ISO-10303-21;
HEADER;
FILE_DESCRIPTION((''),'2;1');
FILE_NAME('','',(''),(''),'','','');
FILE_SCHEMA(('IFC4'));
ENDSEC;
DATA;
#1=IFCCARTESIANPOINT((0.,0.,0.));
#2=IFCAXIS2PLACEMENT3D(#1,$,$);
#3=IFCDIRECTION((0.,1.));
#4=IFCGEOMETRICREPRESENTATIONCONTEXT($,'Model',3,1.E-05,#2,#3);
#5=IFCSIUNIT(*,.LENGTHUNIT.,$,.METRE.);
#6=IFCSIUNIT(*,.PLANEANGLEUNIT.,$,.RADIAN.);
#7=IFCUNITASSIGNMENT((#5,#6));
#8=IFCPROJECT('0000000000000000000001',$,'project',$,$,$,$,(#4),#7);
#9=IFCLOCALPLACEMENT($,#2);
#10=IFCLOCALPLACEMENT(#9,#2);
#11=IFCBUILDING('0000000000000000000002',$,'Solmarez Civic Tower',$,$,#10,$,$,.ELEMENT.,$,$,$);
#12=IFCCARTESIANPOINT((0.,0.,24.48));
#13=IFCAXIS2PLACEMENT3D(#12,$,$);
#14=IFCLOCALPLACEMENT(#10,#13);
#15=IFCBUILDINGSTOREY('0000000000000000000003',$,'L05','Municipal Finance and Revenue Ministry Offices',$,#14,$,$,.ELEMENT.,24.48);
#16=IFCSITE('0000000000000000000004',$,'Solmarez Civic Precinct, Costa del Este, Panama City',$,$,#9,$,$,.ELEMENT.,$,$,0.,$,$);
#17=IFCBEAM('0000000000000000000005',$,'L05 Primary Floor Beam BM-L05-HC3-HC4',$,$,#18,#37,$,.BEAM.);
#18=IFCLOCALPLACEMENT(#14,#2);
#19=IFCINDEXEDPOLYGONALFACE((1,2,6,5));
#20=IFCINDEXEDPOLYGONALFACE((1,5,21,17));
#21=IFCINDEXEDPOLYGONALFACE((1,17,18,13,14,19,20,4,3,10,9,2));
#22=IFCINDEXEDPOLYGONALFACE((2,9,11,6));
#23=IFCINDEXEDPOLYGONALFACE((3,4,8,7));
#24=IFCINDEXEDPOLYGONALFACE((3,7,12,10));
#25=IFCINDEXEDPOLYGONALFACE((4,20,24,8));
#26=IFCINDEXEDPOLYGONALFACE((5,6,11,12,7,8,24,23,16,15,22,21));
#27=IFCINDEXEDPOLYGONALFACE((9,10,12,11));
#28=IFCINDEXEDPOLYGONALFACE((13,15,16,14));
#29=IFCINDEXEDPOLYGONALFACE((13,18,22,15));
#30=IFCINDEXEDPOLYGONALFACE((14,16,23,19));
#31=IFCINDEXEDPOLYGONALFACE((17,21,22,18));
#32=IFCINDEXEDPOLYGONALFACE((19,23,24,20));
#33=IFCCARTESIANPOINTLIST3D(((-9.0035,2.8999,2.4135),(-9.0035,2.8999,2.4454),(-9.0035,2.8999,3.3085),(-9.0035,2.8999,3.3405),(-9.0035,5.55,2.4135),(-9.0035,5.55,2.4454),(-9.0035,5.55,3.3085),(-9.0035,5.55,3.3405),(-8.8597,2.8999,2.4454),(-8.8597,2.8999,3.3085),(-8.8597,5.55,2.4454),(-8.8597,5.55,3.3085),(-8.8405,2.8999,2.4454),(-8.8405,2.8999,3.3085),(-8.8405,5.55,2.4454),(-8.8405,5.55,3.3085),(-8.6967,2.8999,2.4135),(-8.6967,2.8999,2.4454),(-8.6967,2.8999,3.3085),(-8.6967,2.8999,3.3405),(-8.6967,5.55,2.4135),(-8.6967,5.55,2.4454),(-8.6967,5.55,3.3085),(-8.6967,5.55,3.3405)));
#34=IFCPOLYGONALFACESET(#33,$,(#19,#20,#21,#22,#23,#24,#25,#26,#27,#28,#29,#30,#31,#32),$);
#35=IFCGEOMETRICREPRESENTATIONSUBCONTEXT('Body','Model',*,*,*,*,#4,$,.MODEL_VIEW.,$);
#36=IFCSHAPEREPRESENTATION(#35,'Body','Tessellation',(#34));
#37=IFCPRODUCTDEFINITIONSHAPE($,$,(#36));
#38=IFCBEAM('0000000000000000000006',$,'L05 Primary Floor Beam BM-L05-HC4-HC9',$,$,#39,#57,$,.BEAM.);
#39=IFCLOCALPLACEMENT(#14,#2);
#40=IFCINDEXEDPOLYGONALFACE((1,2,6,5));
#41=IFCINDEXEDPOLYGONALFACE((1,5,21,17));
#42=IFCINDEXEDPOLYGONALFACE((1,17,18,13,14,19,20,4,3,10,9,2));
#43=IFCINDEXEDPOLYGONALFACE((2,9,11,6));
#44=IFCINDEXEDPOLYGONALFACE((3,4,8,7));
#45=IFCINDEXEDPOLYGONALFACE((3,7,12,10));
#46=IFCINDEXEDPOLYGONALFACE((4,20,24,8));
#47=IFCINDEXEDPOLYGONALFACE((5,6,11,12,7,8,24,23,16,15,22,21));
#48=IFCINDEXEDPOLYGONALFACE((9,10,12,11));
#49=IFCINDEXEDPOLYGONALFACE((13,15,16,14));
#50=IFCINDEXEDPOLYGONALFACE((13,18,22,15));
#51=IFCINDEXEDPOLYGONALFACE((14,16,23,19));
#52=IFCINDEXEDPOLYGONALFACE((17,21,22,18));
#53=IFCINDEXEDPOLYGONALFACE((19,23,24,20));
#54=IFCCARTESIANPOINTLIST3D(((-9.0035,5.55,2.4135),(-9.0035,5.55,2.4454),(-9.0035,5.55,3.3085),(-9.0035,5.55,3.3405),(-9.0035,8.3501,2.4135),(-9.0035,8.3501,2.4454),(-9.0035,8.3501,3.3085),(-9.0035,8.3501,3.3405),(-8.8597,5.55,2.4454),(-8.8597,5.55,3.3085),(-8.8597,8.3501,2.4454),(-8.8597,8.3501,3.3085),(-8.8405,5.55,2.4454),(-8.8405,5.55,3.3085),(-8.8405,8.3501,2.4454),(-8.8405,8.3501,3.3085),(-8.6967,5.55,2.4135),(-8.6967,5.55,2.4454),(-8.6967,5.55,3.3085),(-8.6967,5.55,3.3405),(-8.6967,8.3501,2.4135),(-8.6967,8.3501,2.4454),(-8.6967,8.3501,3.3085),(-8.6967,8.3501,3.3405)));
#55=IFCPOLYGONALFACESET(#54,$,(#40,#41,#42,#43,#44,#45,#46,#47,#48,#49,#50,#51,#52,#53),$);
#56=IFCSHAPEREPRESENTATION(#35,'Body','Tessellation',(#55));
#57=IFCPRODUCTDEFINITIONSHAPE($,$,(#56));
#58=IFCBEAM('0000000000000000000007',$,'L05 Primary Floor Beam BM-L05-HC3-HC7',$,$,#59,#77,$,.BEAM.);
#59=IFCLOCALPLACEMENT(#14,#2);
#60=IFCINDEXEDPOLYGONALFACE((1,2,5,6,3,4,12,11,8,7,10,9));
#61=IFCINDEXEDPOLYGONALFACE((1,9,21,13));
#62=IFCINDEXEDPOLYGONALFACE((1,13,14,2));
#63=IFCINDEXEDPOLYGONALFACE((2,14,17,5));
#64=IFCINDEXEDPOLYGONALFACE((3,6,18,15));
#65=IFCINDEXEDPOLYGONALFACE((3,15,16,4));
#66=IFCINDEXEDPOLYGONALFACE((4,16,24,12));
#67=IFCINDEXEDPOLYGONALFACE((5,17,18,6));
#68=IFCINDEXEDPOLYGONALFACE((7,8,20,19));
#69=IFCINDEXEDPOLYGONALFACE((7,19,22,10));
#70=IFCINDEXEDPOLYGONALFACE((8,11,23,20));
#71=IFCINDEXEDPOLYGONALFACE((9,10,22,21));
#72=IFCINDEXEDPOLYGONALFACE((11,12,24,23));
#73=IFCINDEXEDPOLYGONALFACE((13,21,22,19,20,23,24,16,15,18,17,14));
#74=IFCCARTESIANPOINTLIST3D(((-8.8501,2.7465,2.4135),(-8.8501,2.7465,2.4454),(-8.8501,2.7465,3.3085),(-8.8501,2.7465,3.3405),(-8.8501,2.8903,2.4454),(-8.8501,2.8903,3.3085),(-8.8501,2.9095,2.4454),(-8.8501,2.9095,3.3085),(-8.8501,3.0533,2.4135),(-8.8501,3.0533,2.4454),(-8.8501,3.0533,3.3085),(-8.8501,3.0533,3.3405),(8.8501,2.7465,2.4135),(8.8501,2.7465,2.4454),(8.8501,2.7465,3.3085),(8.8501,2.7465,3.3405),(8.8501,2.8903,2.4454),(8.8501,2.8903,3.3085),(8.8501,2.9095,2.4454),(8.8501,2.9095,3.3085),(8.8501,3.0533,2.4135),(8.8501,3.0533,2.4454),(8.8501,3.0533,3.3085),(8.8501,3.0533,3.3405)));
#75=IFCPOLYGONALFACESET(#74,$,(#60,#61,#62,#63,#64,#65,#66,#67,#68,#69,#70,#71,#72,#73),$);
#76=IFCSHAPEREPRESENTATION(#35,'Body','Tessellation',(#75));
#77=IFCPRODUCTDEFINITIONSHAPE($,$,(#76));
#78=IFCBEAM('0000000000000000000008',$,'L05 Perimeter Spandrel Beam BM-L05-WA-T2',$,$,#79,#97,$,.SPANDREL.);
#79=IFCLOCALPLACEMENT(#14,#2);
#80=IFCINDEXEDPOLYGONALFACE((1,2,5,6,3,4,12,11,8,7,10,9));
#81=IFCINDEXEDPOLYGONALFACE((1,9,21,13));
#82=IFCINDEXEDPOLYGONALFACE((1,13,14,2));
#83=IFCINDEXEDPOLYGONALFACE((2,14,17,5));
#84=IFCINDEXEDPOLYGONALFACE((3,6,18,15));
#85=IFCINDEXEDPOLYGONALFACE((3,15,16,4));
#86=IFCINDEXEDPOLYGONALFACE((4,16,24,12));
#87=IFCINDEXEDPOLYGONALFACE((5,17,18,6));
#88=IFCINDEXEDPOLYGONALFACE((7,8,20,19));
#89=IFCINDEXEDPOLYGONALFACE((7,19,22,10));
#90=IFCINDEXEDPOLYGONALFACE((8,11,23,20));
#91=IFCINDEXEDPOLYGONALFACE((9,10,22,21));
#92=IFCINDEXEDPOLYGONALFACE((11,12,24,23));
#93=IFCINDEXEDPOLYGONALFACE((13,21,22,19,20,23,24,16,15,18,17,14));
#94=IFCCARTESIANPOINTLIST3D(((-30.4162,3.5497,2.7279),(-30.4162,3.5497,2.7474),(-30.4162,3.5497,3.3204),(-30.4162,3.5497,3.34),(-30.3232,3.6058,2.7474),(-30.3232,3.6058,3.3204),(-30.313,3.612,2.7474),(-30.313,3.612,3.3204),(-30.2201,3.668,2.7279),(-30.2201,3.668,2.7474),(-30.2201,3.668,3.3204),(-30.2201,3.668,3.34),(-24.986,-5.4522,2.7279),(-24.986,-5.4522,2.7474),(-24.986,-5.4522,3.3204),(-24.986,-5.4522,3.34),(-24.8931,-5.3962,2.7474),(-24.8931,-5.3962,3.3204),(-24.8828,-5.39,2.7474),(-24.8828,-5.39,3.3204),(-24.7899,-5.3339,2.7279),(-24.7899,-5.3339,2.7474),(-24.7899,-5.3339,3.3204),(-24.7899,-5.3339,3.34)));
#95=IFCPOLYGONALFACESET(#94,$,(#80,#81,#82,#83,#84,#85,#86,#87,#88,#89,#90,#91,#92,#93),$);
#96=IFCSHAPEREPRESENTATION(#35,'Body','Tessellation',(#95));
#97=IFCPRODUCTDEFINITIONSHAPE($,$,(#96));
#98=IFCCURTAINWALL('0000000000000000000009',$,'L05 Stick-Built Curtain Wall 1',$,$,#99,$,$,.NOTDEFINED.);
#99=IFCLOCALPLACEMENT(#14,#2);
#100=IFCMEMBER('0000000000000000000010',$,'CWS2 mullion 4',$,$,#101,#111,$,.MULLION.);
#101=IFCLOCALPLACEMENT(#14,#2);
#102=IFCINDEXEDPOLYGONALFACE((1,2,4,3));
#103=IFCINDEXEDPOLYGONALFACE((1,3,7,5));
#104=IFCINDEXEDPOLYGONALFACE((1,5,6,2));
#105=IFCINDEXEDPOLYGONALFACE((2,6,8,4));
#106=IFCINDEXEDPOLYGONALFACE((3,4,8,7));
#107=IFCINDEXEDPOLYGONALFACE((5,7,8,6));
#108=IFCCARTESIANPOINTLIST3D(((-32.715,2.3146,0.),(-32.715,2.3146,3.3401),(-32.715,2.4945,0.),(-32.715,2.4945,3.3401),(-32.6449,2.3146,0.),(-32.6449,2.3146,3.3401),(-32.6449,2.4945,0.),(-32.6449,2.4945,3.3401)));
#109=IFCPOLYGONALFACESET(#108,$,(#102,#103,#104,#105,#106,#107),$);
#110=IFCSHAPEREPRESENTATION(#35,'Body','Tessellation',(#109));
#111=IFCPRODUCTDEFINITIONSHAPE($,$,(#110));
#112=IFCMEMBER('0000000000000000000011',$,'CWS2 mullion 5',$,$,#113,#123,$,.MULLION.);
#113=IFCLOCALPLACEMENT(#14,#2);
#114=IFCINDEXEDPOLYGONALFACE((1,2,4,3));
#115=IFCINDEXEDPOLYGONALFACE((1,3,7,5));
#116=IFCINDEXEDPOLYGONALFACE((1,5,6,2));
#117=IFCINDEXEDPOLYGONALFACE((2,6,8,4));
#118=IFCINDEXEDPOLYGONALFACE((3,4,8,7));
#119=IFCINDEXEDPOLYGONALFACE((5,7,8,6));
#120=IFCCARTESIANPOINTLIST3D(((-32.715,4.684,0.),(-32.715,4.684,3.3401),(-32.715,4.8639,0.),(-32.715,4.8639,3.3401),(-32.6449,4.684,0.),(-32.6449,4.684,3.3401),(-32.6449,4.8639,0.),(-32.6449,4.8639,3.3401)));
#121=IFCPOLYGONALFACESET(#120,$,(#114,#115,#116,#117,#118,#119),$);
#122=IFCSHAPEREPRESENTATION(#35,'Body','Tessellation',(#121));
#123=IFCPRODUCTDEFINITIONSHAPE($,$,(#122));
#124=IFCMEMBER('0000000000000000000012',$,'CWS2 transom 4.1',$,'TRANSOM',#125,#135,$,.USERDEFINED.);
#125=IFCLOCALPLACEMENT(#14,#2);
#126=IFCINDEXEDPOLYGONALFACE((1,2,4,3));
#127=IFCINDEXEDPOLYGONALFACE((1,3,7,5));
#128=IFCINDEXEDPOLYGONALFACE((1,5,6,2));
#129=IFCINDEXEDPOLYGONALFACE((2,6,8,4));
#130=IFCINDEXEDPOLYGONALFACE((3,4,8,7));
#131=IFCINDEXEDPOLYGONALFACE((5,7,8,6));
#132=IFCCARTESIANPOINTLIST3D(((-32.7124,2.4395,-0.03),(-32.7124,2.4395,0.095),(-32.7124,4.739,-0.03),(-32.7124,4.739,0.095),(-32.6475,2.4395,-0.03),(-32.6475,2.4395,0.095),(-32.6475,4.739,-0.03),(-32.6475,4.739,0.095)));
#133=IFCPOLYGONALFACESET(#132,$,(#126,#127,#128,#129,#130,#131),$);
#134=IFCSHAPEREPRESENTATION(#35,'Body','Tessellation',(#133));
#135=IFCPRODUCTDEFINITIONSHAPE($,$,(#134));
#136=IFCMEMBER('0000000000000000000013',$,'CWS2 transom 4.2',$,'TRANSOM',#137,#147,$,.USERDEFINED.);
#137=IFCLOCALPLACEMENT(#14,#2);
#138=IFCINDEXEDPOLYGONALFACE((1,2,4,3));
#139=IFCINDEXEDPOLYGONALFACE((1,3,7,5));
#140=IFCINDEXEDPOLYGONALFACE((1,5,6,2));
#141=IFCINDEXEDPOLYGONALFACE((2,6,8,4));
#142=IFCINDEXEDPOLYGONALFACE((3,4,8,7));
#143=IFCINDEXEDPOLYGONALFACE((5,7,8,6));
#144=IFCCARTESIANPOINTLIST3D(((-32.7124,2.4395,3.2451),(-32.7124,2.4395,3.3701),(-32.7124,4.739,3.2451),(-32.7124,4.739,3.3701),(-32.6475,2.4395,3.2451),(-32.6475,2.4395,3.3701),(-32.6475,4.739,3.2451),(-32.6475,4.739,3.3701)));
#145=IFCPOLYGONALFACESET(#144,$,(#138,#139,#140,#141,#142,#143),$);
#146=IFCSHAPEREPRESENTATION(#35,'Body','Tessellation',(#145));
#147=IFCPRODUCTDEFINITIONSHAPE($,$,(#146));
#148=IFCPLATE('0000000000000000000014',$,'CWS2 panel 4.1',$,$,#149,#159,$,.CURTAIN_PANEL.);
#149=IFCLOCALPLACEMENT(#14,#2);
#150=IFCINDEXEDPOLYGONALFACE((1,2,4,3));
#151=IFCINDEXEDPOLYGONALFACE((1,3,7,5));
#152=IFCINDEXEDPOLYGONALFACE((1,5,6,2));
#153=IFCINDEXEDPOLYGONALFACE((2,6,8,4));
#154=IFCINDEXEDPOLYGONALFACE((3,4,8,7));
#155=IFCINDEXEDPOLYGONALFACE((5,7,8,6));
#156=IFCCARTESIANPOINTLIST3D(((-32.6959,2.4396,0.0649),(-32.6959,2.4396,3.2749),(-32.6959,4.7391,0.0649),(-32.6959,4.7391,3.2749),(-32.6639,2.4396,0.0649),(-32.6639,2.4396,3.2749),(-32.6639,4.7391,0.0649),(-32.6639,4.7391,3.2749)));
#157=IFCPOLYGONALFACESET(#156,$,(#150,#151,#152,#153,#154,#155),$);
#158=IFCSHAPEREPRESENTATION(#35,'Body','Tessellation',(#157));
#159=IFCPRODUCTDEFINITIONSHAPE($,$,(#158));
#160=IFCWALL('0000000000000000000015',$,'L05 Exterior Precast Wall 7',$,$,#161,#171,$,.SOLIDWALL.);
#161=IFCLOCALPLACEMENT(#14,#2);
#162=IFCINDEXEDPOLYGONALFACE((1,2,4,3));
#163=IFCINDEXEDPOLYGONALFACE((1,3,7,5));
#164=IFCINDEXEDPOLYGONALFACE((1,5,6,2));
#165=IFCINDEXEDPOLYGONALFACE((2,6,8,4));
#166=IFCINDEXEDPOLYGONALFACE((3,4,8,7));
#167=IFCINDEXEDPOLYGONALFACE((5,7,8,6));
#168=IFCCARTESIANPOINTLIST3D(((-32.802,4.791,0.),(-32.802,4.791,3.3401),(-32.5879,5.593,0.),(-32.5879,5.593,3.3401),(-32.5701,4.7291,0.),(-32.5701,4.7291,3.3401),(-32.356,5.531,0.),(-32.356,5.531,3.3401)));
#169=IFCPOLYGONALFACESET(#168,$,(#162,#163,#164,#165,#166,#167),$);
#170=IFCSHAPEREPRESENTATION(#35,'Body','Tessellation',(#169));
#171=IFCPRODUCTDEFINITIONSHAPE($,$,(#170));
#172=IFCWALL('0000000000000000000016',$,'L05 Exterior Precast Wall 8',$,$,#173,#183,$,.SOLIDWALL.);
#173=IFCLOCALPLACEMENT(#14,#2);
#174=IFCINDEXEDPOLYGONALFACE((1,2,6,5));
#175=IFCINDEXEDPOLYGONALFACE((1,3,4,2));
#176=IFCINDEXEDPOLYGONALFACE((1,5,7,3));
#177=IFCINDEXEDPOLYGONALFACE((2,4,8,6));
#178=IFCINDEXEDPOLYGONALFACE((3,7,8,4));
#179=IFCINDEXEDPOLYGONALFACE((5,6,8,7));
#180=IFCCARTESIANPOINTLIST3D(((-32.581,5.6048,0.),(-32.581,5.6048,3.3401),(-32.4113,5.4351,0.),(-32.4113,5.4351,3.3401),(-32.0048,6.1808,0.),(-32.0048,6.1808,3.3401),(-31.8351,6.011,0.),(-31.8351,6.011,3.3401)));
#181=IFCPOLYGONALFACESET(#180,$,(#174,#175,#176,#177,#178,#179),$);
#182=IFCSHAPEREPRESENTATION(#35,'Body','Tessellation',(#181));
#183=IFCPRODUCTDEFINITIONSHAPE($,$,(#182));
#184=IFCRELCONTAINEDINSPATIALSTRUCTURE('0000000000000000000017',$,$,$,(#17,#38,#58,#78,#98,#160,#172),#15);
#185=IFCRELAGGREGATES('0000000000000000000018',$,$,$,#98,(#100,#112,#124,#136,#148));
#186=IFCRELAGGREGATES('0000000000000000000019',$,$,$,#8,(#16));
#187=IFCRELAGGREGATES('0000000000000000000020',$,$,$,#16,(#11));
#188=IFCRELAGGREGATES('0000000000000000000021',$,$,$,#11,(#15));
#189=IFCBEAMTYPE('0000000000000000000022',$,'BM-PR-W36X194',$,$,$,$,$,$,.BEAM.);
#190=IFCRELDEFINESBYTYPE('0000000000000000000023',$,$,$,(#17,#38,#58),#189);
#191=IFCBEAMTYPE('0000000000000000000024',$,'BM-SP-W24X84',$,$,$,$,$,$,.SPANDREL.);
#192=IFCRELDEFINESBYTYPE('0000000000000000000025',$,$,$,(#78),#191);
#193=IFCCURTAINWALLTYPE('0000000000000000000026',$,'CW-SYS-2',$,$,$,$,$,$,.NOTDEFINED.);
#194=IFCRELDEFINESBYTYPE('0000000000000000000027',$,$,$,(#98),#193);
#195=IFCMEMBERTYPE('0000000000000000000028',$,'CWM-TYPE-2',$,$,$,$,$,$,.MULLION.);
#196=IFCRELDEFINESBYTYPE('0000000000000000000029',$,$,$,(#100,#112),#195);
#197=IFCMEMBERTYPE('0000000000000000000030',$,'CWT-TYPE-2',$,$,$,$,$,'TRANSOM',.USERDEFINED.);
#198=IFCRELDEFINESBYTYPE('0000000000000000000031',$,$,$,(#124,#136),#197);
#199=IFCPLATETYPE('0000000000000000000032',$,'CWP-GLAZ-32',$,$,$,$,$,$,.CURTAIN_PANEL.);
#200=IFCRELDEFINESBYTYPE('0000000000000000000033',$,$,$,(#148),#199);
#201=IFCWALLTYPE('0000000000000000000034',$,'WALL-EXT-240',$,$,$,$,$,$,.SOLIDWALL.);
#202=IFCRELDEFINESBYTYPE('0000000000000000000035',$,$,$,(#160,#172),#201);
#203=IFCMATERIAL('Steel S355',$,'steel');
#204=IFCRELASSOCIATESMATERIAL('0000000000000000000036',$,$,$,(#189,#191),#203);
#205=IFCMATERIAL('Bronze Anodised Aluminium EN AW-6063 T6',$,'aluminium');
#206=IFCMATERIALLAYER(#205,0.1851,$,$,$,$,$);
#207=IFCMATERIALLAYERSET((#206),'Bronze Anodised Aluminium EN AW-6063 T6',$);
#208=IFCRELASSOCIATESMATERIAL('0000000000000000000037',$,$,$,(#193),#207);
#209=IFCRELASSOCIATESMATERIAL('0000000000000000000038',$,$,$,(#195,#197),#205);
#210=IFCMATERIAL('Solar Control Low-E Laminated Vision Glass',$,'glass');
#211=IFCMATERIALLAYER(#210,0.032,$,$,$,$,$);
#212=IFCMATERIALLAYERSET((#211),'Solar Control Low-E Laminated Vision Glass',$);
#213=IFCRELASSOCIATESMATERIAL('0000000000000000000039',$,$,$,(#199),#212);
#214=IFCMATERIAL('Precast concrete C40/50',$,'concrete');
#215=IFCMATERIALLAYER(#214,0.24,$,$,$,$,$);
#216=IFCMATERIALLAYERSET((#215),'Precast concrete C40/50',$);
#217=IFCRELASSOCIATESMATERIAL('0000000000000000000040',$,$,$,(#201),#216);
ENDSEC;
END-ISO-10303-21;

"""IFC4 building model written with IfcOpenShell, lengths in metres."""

from ifc_helpers import new_model, si_unit, direction, frame, frame_2d, origin, origin_2d, place, context, subcontext, project, spatial, rectangle, i_section, extrude, material, layer, layer_set, material_profile, profile_set, type_object, element, aggregate, save


model = new_model("IFC4")

# Units and contexts
model_context = context("Model", 3, precision=1e-05, world=origin(), true_north=direction((0.0, 1.0)))
body_context = subcontext(model_context, "Body", "Model", "MODEL_VIEW")
ifc_project = project(units=[si_unit("LENGTHUNIT", "METRE"), si_unit("PLANEANGLEUNIT", "RADIAN")], contexts=[model_context])

# Site, building, storey
site_placement = place(None, origin())
site = spatial("IfcSite", under=ifc_project, at=site_placement, Name="Solmarez Civic Precinct, Costa del Este, Panama City", CompositionType="ELEMENT", RefElevation=0.0)
building_placement = place(site_placement, origin())
building = spatial("IfcBuilding", under=site, at=building_placement, Name="Solmarez Civic Tower", CompositionType="ELEMENT")
storey_placement = place(building_placement, frame((0.0, 0.0, 24.48)))
storey = spatial("IfcBuildingStorey", under=building, at=storey_placement, Name="L05", Description="Municipal Finance and Revenue Ministry Offices", CompositionType="ELEMENT", Elevation=24.48)

# Beams
ifc_material_1 = material(Name="Steel S355", Category="steel")
ifc_material_profile_1 = material_profile(ifc_material_1, i_section(OverallWidth=0.3069, OverallDepth=0.927, WebThickness=0.0193, FlangeThickness=0.032, at=origin_2d()), Name="W36X194")
ifc_profile_set_1 = profile_set([ifc_material_profile_1], Name="Steel S355")
beam_type_1 = type_object("IfcBeamType", Name="BM-PR-W36X194", PredefinedType="BEAM", material=ifc_profile_set_1)
beam_1_placement = place(storey_placement, frame((-8.8501, 2.8999, 2.877), z_axis=(0.0, 1.0, 0.0), x_axis=(-1.0, 0.0, 0.0)))
element("IfcBeam", 1, at=beam_1_placement, inside=storey, type_object=beam_type_1, Name="L05 Primary Floor Beam BM-L05-HC3-HC4", PredefinedType="BEAM", context=body_context, shape_type="SweptSolid", body=[
    extrude(i_section(OverallWidth=0.3069, OverallDepth=0.927, WebThickness=0.0193, FlangeThickness=0.032, at=origin_2d()), origin(), (0.0, 0.0, 1.0), 2.6501),
])
beam_2_placement = place(storey_placement, frame((-8.8501, 5.55, 2.877), z_axis=(0.0, 1.0, 0.0), x_axis=(-1.0, 0.0, 0.0)))
element("IfcBeam", 2, at=beam_2_placement, inside=storey, type_object=beam_type_1, Name="L05 Primary Floor Beam BM-L05-HC4-HC9", PredefinedType="BEAM", context=body_context, shape_type="SweptSolid", body=[
    extrude(i_section(OverallWidth=0.3069, OverallDepth=0.927, WebThickness=0.0193, FlangeThickness=0.032, at=origin_2d()), origin(), (0.0, 0.0, 1.0), 2.8),
])
beam_3_placement = place(storey_placement, frame((-8.8501, 2.8999, 2.877), z_axis=(1.0, 0.0, 0.0), x_axis=(0.0, 1.0, 0.0)))
element("IfcBeam", 3, at=beam_3_placement, inside=storey, type_object=beam_type_1, Name="L05 Primary Floor Beam BM-L05-HC3-HC7", PredefinedType="BEAM", context=body_context, shape_type="SweptSolid", body=[
    extrude(i_section(OverallWidth=0.3069, OverallDepth=0.927, WebThickness=0.0193, FlangeThickness=0.032, at=origin_2d()), origin(), (0.0, 0.0, 1.0), 17.7002),
])
ifc_material_profile_2 = material_profile(ifc_material_1, i_section(OverallWidth=0.229, OverallDepth=0.6121, WebThickness=0.012, FlangeThickness=0.0195, at=origin_2d()), Name="W24X84")
ifc_profile_set_2 = profile_set([ifc_material_profile_2], Name="Steel S355")
beam_type_2 = type_object("IfcBeamType", Name="BM-SP-W24X84", PredefinedType="SPANDREL", material=ifc_profile_set_2)
beam_4_placement = place(storey_placement, frame((-30.3181, 3.6089, 3.0339), z_axis=(0.516523, -0.856273, 0.0), x_axis=(0.856273, 0.516523, 0.0)))
element("IfcBeam", 4, at=beam_4_placement, inside=storey, type_object=beam_type_2, Name="L05 Perimeter Spandrel Beam BM-L05-WA-T2", PredefinedType="SPANDREL", context=body_context, shape_type="SweptSolid", body=[
    extrude(i_section(OverallWidth=0.229, OverallDepth=0.6121, WebThickness=0.012, FlangeThickness=0.0195, at=origin_2d()), origin(), (0.0, 0.0, 1.0), 10.5129),
])

# Curtain wall, members, plate
ifc_material_2 = material(Name="Bronze Anodised Aluminium EN AW-6063 T6", Category="aluminium")
ifc_layer_1 = layer(ifc_material_2, 0.1851)
ifc_layer_set_1 = layer_set([ifc_layer_1], Name="Bronze Anodised Aluminium EN AW-6063 T6")
curtain_wall_type = type_object("IfcCurtainWallType", Name="CW-SYS-2", PredefinedType="NOTDEFINED", material=ifc_layer_set_1)
curtain_wall_placement = place(storey_placement, origin())
curtain_wall = element("IfcCurtainWall", 5, at=curtain_wall_placement, inside=storey, type_object=curtain_wall_type, Name="L05 Stick-Built Curtain Wall 1", PredefinedType="NOTDEFINED")
ifc_material_profile_3 = material_profile(ifc_material_2, rectangle(XDim=0.0701, YDim=0.1799, at=origin_2d()), Name="CWM-70X180")
ifc_profile_set_3 = profile_set([ifc_material_profile_3], Name="Bronze Anodised Aluminium EN AW-6063 T6")
member_type_1 = type_object("IfcMemberType", Name="CWM-TYPE-2", PredefinedType="MULLION", material=ifc_profile_set_3)
member_1_placement = place(storey_placement, frame((-32.6799, 2.4045, 0.0), z_axis=(0.0, 0.0, 1.0), x_axis=(-1.0, 0.0, 0.0)))
member_1 = element("IfcMember", 6, at=member_1_placement, type_object=member_type_1, Name="CWS2 mullion 4", PredefinedType="MULLION", context=body_context, shape_type="SweptSolid", body=[
    extrude(rectangle(XDim=0.0701, YDim=0.1799, at=origin_2d()), origin(), (0.0, 0.0, 1.0), 3.3401),
])
member_2_placement = place(storey_placement, frame((-32.6799, 4.7739, 0.0), z_axis=(0.0, 0.0, 1.0), x_axis=(-1.0, 0.0, 0.0)))
member_2 = element("IfcMember", 7, at=member_2_placement, type_object=member_type_1, Name="CWS2 mullion 5", PredefinedType="MULLION", context=body_context, shape_type="SweptSolid", body=[
    extrude(rectangle(XDim=0.0701, YDim=0.1799, at=origin_2d()), origin(), (0.0, 0.0, 1.0), 3.3401),
])
ifc_material_profile_4 = material_profile(ifc_material_2, rectangle(XDim=0.0649, YDim=0.125, at=origin_2d()), Name="CWT-65X125")
ifc_profile_set_4 = profile_set([ifc_material_profile_4], Name="Bronze Anodised Aluminium EN AW-6063 T6")
member_type_2 = type_object("IfcMemberType", Name="CWT-TYPE-2", ElementType="TRANSOM", PredefinedType="USERDEFINED", material=ifc_profile_set_4)
member_3_placement = place(storey_placement, frame((-32.6799, 2.4395, 0.0325), z_axis=(0.0, 1.0, 0.0), x_axis=(-1.0, 0.0, 0.0)))
member_3 = element("IfcMember", 8, at=member_3_placement, type_object=member_type_2, Name="CWS2 transom 4.1", ObjectType="TRANSOM", PredefinedType="USERDEFINED", context=body_context, shape_type="SweptSolid", body=[
    extrude(rectangle(XDim=0.0649, YDim=0.125, at=origin_2d()), origin(), (0.0, 0.0, 1.0), 2.2996),
])
member_4_placement = place(storey_placement, frame((-32.6799, 2.4395, 3.3076), z_axis=(0.0, 1.0, 0.0), x_axis=(-1.0, 0.0, 0.0)))
member_4 = element("IfcMember", 9, at=member_4_placement, type_object=member_type_2, Name="CWS2 transom 4.2", ObjectType="TRANSOM", PredefinedType="USERDEFINED", context=body_context, shape_type="SweptSolid", body=[
    extrude(rectangle(XDim=0.0649, YDim=0.125, at=origin_2d()), origin(), (0.0, 0.0, 1.0), 2.2996),
])
ifc_material_3 = material(Name="Solar Control Low-E Laminated Vision Glass", Category="glass")
ifc_layer_2 = layer(ifc_material_3, 0.032)
ifc_layer_set_2 = layer_set([ifc_layer_2], Name="Solar Control Low-E Laminated Vision Glass")
plate_type = type_object("IfcPlateType", Name="CWP-GLAZ-32", PredefinedType="CURTAIN_PANEL", material=ifc_layer_set_2)
plate_placement = place(storey_placement, frame((-32.6799, 3.5894, 0.0649), z_axis=(0.0, 0.0, 1.0), x_axis=(0.0, 1.0, 0.0)))
plate = element("IfcPlate", 10, at=plate_placement, type_object=plate_type, Name="CWS2 panel 4.1", PredefinedType="CURTAIN_PANEL", context=body_context, shape_type="SweptSolid", body=[
    extrude(rectangle(XDim=2.2996, YDim=0.032, at=origin_2d()), origin(), (0.0, 0.0, 1.0), 3.21),
])
aggregate(curtain_wall, [member_1, member_2, member_3, member_4, plate])

# Walls
ifc_material_4 = material(Name="Precast concrete C40/50", Category="concrete")
ifc_layer_3 = layer(ifc_material_4, 0.24)
ifc_layer_set_3 = layer_set([ifc_layer_3], Name="Precast concrete C40/50")
wall_type_1 = type_object("IfcWallType", Name="WALL-EXT-240", PredefinedType="SOLIDWALL", material=ifc_layer_set_3)
wall_1_placement = place(storey_placement, frame((-32.686, 4.76, 0.0), z_axis=(0.0, 0.0, 1.0), x_axis=(0.257937, 0.966162, 0.0)))
element("IfcWall", 11, at=wall_1_placement, inside=storey, type_object=wall_type_1, Name="L05 Exterior Precast Wall 7", PredefinedType="SOLIDWALL", context=body_context, shape_type="SweptSolid", body=[
    extrude(rectangle(XDim=0.8301, YDim=0.24, at=frame_2d((0.415, 0.0))), origin(), (0.0, 0.0, 1.0), 3.3401),
])
wall_2_placement = place(storey_placement, frame((-32.4961, 5.52, 0.0), z_axis=(0.0, 0.0, 1.0), x_axis=(0.707257, 0.706957, 0.0)))
element("IfcWall", 12, at=wall_2_placement, inside=storey, type_object=wall_type_1, Name="L05 Exterior Precast Wall 8", PredefinedType="SOLIDWALL", context=body_context, shape_type="SweptSolid", body=[
    extrude(rectangle(XDim=0.8147, YDim=0.24, at=frame_2d((0.4072, 0.0))), origin(), (0.0, 0.0, 1.0), 3.3401),
])

save(model, "model.ifc")
